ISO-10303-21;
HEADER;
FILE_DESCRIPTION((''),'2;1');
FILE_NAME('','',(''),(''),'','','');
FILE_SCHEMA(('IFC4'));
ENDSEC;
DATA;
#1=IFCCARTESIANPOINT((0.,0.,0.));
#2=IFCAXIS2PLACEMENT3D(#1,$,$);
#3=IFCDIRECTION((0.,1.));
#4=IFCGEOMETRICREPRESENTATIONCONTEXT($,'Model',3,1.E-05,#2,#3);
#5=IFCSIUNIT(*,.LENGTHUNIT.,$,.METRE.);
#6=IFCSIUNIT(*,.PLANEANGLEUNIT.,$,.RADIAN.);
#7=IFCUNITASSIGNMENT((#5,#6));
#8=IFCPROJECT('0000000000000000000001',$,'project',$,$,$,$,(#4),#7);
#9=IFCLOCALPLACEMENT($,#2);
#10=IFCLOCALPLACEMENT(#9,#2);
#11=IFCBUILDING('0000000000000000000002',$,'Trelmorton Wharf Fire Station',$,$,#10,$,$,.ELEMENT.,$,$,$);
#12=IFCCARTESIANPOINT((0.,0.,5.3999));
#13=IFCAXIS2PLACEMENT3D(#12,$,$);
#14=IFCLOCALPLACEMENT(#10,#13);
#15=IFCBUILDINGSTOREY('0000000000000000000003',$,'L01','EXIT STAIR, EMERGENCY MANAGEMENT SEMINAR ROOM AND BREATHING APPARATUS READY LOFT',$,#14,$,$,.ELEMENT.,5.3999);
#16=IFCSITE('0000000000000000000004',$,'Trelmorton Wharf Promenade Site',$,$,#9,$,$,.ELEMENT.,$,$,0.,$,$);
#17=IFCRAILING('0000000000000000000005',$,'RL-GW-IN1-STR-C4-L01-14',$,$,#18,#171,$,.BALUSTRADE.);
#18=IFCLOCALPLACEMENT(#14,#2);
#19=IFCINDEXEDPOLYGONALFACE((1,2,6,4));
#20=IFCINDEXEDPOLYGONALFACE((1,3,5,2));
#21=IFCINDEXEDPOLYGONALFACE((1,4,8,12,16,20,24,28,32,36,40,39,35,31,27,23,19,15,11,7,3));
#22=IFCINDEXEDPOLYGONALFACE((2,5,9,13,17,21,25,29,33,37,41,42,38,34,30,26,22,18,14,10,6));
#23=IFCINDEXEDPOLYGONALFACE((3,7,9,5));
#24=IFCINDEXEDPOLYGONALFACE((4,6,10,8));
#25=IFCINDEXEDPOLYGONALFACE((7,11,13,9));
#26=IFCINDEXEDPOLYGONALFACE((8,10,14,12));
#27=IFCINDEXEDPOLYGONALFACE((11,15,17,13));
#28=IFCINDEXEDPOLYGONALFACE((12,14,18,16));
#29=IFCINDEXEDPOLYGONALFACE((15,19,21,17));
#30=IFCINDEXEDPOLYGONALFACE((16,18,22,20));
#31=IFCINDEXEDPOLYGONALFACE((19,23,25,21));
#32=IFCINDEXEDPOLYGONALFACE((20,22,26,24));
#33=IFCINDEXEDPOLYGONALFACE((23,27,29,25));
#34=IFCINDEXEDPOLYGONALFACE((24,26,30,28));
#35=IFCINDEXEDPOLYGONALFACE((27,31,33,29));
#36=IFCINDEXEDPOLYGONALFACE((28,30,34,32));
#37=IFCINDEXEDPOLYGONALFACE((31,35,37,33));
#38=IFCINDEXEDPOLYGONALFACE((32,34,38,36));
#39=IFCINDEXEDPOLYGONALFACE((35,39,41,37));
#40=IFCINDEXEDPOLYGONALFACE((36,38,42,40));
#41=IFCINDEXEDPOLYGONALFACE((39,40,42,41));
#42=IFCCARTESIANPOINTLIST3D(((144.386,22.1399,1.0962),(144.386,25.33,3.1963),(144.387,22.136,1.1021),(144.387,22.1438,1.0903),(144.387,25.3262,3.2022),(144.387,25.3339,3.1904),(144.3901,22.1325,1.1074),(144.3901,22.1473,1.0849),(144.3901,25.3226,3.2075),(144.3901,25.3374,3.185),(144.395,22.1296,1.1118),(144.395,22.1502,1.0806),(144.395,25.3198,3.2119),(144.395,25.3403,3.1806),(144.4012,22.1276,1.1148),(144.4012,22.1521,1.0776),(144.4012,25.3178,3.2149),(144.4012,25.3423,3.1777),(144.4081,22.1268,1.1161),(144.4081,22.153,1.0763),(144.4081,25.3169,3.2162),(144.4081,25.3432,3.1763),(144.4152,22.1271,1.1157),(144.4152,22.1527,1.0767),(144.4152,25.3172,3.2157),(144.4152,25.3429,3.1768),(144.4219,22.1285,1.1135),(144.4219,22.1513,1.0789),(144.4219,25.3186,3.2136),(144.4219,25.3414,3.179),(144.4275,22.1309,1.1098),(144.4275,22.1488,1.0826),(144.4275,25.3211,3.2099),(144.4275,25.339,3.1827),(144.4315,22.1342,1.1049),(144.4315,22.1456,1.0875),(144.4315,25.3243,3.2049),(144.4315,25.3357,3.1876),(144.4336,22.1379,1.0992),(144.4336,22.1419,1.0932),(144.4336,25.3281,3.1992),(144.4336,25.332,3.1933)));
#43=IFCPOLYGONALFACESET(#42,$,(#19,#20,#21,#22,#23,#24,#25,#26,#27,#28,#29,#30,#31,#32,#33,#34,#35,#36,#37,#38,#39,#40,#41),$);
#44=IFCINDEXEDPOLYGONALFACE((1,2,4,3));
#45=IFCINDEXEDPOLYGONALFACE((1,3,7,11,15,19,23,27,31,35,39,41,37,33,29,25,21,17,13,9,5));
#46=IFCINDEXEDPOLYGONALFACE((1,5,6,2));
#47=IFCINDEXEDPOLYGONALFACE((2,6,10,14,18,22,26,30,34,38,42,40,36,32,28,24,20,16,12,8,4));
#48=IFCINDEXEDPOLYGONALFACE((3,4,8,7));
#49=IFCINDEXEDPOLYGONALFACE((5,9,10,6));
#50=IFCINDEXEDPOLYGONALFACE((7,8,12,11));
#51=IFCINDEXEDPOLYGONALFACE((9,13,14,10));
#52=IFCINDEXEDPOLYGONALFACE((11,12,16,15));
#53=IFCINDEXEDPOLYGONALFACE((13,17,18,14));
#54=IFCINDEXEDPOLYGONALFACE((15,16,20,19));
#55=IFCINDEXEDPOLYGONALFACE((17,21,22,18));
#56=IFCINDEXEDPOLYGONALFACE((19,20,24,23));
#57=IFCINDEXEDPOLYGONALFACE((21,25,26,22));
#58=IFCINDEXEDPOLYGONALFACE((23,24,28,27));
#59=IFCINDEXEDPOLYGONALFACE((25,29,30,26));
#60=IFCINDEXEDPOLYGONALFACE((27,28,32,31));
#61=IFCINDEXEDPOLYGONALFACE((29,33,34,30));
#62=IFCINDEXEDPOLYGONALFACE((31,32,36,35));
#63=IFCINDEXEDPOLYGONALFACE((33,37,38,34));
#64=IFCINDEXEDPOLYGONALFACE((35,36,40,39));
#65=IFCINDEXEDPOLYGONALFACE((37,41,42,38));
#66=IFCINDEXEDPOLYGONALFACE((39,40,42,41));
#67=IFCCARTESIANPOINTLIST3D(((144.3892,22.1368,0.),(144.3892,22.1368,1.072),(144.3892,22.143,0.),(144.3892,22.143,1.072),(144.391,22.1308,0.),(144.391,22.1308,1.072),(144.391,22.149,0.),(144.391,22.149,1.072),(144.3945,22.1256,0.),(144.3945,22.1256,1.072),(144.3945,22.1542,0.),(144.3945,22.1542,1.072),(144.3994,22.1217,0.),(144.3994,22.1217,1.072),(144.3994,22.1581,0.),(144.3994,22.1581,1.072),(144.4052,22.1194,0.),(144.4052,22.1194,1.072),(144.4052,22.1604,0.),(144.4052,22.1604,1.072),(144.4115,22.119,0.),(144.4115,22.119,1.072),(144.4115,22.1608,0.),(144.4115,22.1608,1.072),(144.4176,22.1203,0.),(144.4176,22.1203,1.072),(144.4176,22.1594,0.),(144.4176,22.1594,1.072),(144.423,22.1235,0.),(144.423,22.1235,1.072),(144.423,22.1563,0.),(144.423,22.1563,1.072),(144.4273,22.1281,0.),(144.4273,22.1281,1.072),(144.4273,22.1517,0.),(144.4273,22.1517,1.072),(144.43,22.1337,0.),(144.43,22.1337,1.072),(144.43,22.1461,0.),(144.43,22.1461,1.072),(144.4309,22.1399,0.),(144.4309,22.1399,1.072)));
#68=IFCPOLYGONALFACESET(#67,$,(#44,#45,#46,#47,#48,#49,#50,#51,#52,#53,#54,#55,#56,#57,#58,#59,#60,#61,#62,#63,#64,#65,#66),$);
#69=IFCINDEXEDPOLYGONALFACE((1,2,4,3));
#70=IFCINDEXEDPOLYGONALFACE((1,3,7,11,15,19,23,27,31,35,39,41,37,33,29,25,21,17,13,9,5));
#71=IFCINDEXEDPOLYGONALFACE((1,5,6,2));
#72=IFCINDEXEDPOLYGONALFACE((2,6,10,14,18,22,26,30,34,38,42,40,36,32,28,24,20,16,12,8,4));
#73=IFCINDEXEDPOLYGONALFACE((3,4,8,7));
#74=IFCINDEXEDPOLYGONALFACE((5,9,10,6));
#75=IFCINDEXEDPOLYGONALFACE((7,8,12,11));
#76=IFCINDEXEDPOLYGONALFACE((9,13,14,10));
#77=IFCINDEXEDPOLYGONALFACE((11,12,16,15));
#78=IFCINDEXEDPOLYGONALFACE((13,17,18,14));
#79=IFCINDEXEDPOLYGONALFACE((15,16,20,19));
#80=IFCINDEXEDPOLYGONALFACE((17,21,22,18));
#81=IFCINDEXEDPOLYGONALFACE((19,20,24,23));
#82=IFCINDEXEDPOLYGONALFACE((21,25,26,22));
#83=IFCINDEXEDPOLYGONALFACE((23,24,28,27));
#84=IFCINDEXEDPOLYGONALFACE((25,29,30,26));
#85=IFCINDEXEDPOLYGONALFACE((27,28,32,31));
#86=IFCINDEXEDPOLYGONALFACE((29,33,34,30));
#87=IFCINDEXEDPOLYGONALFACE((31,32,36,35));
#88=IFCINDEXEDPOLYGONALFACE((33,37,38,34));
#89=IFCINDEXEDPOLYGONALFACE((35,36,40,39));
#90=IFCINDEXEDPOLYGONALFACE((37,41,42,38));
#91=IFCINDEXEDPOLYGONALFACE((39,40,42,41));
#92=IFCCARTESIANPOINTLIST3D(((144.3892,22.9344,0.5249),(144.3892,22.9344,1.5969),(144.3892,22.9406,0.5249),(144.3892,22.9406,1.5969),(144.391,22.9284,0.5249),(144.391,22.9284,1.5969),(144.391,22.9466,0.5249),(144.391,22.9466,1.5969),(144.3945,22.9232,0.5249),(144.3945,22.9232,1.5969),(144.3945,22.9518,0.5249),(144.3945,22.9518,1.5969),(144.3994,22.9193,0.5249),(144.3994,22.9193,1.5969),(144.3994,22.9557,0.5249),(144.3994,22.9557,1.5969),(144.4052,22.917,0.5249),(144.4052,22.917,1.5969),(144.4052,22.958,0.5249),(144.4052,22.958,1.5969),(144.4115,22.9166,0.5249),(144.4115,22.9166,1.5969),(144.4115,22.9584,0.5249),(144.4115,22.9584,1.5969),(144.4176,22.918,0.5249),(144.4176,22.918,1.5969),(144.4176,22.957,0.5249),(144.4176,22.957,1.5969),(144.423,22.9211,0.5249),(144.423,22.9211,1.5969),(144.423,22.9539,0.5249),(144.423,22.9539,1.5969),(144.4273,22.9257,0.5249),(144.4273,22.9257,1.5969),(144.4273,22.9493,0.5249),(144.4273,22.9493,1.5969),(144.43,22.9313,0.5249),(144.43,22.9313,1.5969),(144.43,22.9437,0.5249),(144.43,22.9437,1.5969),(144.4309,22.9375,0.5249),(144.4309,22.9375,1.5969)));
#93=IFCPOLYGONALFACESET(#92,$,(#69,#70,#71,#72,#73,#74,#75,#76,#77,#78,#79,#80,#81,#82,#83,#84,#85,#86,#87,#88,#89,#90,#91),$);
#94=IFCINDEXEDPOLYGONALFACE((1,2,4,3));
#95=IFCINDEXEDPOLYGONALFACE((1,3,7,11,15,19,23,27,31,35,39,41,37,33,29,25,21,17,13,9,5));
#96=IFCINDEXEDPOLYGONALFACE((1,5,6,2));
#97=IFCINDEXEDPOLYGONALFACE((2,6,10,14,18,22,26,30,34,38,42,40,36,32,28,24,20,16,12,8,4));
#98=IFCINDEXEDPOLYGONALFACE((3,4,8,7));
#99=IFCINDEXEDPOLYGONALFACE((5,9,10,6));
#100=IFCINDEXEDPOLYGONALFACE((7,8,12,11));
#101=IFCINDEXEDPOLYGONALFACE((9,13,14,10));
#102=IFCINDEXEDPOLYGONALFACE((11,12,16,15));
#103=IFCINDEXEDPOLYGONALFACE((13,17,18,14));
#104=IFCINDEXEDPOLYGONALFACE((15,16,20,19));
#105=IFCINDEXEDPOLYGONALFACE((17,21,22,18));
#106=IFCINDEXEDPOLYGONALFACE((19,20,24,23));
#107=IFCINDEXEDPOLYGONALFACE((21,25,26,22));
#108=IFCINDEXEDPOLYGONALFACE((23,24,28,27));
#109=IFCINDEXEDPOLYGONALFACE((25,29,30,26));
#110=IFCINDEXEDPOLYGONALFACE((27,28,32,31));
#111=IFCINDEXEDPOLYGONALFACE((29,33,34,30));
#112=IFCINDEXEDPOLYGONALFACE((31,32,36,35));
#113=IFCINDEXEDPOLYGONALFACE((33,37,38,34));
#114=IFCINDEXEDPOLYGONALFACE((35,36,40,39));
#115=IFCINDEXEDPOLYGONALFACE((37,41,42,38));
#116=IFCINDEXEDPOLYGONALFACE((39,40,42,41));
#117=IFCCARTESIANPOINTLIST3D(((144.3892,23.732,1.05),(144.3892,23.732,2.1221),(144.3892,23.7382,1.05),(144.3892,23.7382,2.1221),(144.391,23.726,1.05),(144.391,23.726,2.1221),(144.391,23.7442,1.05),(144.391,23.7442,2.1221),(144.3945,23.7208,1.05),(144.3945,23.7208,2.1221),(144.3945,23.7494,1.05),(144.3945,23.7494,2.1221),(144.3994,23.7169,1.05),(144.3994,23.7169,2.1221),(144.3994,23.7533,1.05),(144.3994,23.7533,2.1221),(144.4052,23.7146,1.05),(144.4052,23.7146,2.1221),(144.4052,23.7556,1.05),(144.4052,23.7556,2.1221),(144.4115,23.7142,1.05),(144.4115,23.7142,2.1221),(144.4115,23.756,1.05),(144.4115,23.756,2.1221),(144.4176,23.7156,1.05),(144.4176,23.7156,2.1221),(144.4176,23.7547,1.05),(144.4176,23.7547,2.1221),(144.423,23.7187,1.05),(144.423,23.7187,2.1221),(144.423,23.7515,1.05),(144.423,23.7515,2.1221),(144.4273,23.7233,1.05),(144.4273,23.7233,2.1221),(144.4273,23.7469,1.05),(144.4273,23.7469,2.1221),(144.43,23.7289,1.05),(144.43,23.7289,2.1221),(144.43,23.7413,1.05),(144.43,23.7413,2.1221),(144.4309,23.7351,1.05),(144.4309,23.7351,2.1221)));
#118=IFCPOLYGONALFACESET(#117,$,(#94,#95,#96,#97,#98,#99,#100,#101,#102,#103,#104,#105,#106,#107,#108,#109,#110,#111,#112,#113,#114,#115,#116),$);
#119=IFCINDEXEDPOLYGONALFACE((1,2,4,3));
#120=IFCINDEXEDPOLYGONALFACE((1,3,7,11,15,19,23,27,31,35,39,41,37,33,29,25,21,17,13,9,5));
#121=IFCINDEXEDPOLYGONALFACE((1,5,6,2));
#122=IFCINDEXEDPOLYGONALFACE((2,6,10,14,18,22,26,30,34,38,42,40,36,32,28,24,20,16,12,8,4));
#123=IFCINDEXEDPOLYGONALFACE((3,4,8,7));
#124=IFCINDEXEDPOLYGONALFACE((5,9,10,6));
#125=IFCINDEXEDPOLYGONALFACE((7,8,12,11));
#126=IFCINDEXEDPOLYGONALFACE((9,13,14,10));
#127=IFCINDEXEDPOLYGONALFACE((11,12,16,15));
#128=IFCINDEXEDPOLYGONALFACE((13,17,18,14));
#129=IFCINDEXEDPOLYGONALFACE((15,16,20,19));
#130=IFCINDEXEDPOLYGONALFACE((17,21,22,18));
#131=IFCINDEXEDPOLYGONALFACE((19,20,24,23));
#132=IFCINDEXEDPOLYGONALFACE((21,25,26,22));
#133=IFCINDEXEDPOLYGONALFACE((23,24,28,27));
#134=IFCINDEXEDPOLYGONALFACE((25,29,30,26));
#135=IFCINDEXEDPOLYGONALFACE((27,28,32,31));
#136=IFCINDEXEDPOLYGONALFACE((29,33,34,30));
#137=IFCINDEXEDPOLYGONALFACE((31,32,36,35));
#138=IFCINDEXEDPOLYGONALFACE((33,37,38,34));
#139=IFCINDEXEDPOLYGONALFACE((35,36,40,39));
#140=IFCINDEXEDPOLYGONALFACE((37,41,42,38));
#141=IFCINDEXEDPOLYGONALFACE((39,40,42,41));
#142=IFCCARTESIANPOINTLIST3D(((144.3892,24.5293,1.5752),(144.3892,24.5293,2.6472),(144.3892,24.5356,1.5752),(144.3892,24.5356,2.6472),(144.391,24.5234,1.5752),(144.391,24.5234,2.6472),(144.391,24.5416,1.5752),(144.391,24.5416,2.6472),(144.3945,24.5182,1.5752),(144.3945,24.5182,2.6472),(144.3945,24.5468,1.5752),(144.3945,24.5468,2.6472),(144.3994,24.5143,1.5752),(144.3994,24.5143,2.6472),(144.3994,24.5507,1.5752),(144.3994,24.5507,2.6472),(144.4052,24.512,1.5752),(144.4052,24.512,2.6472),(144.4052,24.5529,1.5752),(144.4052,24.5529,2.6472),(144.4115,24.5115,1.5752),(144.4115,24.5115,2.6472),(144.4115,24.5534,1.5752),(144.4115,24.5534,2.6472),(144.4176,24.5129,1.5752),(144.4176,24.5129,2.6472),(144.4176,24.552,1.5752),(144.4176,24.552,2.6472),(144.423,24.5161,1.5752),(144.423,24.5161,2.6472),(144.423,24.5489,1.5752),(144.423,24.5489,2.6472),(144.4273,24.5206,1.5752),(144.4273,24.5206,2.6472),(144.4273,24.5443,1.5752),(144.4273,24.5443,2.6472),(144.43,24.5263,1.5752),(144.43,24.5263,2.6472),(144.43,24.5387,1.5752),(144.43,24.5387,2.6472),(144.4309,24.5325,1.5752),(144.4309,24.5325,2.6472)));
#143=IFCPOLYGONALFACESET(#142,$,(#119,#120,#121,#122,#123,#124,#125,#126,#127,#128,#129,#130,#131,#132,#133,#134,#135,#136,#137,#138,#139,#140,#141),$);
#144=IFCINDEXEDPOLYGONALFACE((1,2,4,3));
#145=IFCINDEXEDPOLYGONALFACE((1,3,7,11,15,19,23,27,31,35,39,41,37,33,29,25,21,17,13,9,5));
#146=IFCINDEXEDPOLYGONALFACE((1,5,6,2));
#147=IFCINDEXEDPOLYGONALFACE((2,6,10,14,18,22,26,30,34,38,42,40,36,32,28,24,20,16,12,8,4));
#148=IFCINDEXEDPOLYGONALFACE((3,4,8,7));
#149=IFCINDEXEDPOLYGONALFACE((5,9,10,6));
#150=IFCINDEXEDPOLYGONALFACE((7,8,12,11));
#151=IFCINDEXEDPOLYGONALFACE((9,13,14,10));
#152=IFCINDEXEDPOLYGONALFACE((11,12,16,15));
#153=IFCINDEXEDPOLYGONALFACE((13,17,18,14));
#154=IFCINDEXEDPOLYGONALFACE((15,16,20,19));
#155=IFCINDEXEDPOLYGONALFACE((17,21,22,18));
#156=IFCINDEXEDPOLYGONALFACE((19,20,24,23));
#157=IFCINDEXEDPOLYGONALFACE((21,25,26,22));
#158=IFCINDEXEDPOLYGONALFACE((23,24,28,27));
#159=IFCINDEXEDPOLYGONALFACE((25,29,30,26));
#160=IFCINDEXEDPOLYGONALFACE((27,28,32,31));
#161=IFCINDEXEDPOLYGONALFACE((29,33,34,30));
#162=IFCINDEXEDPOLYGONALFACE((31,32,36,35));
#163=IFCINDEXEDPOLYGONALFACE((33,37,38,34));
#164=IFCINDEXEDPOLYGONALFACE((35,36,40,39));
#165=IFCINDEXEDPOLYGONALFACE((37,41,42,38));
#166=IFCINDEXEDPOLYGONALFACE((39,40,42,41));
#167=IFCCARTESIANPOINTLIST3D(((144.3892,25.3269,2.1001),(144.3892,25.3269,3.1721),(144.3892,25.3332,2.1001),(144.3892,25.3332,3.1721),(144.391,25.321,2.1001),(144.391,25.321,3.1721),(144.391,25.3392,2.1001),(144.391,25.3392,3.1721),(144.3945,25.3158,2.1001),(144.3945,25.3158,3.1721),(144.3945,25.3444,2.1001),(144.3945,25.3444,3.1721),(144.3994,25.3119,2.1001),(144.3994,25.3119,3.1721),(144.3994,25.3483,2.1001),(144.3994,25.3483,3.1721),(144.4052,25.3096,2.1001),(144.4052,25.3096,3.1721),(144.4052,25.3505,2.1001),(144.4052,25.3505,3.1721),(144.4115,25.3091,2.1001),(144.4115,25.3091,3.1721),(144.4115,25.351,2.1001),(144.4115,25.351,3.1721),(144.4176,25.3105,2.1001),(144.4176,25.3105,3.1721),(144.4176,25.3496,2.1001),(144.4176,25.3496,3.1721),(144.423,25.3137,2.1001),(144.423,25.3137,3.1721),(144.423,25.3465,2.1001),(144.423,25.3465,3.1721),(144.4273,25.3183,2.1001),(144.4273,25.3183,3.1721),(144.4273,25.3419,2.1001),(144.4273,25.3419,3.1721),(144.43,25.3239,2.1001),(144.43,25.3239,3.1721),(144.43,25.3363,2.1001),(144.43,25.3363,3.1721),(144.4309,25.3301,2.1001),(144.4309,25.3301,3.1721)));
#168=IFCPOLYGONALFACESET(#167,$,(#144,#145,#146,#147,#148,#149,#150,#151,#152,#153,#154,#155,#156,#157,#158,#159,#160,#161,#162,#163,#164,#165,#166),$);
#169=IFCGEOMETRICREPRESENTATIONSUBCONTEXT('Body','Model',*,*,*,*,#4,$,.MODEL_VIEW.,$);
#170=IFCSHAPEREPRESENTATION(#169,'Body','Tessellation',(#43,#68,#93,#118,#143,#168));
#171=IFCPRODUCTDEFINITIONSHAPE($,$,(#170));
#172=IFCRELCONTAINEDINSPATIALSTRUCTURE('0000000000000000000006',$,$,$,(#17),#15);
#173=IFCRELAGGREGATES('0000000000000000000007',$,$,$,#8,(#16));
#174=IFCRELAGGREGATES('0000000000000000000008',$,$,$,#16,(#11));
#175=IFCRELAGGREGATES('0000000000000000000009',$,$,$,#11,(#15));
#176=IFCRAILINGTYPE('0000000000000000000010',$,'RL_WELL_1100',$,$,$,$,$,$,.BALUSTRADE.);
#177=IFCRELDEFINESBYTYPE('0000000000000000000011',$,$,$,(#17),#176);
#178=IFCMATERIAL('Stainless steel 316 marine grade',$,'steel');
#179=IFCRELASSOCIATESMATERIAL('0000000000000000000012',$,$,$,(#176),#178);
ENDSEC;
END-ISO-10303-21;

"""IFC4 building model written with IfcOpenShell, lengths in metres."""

from ifc_helpers import new_model, si_unit, direction, frame, origin, origin_2d, place, context, subcontext, project, spatial, circle, extrude, material, type_object, element, save


model = new_model("IFC4")

# Units and contexts
model_context = context("Model", 3, precision=1e-05, world=origin(), true_north=direction((0.0, 1.0)))
body_context = subcontext(model_context, "Body", "Model", "MODEL_VIEW")
ifc_project = project(units=[si_unit("LENGTHUNIT", "METRE"), si_unit("PLANEANGLEUNIT", "RADIAN")], contexts=[model_context])

# Site, building, storey
site_placement = place(None, origin())
site = spatial("IfcSite", under=ifc_project, at=site_placement, Name="Trelmorton Wharf Promenade Site", CompositionType="ELEMENT", RefElevation=0.0)
building_placement = place(site_placement, origin())
building = spatial("IfcBuilding", under=site, at=building_placement, Name="Trelmorton Wharf Fire Station", CompositionType="ELEMENT")
storey_placement = place(building_placement, frame((0.0, 0.0, 5.3999)))
storey = spatial("IfcBuildingStorey", under=building, at=storey_placement, Name="L01", Description="EXIT STAIR, EMERGENCY MANAGEMENT SEMINAR ROOM AND BREATHING APPARATUS READY LOFT", CompositionType="ELEMENT", Elevation=5.3999)

# Shared definitions
ifc_material_1 = material(Name="Stainless steel 316 marine grade", Category="steel")

# Railing
railing_type_1 = type_object("IfcRailingType", Name="RL_WELL_1100", PredefinedType="BALUSTRADE", material=ifc_material_1)
railing_1_placement = place(storey_placement, frame((144.4099, 22.1399, 0.0)))
element("IfcRailing", 1, at=railing_1_placement, inside=storey, type_object=railing_type_1, Name="RL-GW-IN1-STR-C4-L01-14", PredefinedType="BALUSTRADE", context=body_context, shape_type="SweptSolid", body=[
    extrude(circle(Radius=0.0239, at=origin_2d()), frame((0.0, 0.0, 1.0962), z_axis=(0.0, 0.835262, 0.549852), x_axis=(-1.0, 0.0, 0.0)), (0.0, 0.0, 1.0), 3.8193),
    extrude(circle(Radius=0.021, at=origin_2d()), origin(), (0.0, 0.0, 1.0), 1.072),
    extrude(circle(Radius=0.021, at=origin_2d()), frame((0.0, 0.7976, 0.5249)), (0.0, 0.0, 1.0), 1.072),
    extrude(circle(Radius=0.021, at=origin_2d()), frame((0.0, 1.5952, 1.05)), (0.0, 0.0, 1.0), 1.072),
    extrude(circle(Radius=0.021, at=origin_2d()), frame((0.0, 2.3926, 1.5752)), (0.0, 0.0, 1.0), 1.072),
    extrude(circle(Radius=0.021, at=origin_2d()), frame((0.0, 3.1902, 2.1001)), (0.0, 0.0, 1.0), 1.072),
])

save(model, "model.ifc")
